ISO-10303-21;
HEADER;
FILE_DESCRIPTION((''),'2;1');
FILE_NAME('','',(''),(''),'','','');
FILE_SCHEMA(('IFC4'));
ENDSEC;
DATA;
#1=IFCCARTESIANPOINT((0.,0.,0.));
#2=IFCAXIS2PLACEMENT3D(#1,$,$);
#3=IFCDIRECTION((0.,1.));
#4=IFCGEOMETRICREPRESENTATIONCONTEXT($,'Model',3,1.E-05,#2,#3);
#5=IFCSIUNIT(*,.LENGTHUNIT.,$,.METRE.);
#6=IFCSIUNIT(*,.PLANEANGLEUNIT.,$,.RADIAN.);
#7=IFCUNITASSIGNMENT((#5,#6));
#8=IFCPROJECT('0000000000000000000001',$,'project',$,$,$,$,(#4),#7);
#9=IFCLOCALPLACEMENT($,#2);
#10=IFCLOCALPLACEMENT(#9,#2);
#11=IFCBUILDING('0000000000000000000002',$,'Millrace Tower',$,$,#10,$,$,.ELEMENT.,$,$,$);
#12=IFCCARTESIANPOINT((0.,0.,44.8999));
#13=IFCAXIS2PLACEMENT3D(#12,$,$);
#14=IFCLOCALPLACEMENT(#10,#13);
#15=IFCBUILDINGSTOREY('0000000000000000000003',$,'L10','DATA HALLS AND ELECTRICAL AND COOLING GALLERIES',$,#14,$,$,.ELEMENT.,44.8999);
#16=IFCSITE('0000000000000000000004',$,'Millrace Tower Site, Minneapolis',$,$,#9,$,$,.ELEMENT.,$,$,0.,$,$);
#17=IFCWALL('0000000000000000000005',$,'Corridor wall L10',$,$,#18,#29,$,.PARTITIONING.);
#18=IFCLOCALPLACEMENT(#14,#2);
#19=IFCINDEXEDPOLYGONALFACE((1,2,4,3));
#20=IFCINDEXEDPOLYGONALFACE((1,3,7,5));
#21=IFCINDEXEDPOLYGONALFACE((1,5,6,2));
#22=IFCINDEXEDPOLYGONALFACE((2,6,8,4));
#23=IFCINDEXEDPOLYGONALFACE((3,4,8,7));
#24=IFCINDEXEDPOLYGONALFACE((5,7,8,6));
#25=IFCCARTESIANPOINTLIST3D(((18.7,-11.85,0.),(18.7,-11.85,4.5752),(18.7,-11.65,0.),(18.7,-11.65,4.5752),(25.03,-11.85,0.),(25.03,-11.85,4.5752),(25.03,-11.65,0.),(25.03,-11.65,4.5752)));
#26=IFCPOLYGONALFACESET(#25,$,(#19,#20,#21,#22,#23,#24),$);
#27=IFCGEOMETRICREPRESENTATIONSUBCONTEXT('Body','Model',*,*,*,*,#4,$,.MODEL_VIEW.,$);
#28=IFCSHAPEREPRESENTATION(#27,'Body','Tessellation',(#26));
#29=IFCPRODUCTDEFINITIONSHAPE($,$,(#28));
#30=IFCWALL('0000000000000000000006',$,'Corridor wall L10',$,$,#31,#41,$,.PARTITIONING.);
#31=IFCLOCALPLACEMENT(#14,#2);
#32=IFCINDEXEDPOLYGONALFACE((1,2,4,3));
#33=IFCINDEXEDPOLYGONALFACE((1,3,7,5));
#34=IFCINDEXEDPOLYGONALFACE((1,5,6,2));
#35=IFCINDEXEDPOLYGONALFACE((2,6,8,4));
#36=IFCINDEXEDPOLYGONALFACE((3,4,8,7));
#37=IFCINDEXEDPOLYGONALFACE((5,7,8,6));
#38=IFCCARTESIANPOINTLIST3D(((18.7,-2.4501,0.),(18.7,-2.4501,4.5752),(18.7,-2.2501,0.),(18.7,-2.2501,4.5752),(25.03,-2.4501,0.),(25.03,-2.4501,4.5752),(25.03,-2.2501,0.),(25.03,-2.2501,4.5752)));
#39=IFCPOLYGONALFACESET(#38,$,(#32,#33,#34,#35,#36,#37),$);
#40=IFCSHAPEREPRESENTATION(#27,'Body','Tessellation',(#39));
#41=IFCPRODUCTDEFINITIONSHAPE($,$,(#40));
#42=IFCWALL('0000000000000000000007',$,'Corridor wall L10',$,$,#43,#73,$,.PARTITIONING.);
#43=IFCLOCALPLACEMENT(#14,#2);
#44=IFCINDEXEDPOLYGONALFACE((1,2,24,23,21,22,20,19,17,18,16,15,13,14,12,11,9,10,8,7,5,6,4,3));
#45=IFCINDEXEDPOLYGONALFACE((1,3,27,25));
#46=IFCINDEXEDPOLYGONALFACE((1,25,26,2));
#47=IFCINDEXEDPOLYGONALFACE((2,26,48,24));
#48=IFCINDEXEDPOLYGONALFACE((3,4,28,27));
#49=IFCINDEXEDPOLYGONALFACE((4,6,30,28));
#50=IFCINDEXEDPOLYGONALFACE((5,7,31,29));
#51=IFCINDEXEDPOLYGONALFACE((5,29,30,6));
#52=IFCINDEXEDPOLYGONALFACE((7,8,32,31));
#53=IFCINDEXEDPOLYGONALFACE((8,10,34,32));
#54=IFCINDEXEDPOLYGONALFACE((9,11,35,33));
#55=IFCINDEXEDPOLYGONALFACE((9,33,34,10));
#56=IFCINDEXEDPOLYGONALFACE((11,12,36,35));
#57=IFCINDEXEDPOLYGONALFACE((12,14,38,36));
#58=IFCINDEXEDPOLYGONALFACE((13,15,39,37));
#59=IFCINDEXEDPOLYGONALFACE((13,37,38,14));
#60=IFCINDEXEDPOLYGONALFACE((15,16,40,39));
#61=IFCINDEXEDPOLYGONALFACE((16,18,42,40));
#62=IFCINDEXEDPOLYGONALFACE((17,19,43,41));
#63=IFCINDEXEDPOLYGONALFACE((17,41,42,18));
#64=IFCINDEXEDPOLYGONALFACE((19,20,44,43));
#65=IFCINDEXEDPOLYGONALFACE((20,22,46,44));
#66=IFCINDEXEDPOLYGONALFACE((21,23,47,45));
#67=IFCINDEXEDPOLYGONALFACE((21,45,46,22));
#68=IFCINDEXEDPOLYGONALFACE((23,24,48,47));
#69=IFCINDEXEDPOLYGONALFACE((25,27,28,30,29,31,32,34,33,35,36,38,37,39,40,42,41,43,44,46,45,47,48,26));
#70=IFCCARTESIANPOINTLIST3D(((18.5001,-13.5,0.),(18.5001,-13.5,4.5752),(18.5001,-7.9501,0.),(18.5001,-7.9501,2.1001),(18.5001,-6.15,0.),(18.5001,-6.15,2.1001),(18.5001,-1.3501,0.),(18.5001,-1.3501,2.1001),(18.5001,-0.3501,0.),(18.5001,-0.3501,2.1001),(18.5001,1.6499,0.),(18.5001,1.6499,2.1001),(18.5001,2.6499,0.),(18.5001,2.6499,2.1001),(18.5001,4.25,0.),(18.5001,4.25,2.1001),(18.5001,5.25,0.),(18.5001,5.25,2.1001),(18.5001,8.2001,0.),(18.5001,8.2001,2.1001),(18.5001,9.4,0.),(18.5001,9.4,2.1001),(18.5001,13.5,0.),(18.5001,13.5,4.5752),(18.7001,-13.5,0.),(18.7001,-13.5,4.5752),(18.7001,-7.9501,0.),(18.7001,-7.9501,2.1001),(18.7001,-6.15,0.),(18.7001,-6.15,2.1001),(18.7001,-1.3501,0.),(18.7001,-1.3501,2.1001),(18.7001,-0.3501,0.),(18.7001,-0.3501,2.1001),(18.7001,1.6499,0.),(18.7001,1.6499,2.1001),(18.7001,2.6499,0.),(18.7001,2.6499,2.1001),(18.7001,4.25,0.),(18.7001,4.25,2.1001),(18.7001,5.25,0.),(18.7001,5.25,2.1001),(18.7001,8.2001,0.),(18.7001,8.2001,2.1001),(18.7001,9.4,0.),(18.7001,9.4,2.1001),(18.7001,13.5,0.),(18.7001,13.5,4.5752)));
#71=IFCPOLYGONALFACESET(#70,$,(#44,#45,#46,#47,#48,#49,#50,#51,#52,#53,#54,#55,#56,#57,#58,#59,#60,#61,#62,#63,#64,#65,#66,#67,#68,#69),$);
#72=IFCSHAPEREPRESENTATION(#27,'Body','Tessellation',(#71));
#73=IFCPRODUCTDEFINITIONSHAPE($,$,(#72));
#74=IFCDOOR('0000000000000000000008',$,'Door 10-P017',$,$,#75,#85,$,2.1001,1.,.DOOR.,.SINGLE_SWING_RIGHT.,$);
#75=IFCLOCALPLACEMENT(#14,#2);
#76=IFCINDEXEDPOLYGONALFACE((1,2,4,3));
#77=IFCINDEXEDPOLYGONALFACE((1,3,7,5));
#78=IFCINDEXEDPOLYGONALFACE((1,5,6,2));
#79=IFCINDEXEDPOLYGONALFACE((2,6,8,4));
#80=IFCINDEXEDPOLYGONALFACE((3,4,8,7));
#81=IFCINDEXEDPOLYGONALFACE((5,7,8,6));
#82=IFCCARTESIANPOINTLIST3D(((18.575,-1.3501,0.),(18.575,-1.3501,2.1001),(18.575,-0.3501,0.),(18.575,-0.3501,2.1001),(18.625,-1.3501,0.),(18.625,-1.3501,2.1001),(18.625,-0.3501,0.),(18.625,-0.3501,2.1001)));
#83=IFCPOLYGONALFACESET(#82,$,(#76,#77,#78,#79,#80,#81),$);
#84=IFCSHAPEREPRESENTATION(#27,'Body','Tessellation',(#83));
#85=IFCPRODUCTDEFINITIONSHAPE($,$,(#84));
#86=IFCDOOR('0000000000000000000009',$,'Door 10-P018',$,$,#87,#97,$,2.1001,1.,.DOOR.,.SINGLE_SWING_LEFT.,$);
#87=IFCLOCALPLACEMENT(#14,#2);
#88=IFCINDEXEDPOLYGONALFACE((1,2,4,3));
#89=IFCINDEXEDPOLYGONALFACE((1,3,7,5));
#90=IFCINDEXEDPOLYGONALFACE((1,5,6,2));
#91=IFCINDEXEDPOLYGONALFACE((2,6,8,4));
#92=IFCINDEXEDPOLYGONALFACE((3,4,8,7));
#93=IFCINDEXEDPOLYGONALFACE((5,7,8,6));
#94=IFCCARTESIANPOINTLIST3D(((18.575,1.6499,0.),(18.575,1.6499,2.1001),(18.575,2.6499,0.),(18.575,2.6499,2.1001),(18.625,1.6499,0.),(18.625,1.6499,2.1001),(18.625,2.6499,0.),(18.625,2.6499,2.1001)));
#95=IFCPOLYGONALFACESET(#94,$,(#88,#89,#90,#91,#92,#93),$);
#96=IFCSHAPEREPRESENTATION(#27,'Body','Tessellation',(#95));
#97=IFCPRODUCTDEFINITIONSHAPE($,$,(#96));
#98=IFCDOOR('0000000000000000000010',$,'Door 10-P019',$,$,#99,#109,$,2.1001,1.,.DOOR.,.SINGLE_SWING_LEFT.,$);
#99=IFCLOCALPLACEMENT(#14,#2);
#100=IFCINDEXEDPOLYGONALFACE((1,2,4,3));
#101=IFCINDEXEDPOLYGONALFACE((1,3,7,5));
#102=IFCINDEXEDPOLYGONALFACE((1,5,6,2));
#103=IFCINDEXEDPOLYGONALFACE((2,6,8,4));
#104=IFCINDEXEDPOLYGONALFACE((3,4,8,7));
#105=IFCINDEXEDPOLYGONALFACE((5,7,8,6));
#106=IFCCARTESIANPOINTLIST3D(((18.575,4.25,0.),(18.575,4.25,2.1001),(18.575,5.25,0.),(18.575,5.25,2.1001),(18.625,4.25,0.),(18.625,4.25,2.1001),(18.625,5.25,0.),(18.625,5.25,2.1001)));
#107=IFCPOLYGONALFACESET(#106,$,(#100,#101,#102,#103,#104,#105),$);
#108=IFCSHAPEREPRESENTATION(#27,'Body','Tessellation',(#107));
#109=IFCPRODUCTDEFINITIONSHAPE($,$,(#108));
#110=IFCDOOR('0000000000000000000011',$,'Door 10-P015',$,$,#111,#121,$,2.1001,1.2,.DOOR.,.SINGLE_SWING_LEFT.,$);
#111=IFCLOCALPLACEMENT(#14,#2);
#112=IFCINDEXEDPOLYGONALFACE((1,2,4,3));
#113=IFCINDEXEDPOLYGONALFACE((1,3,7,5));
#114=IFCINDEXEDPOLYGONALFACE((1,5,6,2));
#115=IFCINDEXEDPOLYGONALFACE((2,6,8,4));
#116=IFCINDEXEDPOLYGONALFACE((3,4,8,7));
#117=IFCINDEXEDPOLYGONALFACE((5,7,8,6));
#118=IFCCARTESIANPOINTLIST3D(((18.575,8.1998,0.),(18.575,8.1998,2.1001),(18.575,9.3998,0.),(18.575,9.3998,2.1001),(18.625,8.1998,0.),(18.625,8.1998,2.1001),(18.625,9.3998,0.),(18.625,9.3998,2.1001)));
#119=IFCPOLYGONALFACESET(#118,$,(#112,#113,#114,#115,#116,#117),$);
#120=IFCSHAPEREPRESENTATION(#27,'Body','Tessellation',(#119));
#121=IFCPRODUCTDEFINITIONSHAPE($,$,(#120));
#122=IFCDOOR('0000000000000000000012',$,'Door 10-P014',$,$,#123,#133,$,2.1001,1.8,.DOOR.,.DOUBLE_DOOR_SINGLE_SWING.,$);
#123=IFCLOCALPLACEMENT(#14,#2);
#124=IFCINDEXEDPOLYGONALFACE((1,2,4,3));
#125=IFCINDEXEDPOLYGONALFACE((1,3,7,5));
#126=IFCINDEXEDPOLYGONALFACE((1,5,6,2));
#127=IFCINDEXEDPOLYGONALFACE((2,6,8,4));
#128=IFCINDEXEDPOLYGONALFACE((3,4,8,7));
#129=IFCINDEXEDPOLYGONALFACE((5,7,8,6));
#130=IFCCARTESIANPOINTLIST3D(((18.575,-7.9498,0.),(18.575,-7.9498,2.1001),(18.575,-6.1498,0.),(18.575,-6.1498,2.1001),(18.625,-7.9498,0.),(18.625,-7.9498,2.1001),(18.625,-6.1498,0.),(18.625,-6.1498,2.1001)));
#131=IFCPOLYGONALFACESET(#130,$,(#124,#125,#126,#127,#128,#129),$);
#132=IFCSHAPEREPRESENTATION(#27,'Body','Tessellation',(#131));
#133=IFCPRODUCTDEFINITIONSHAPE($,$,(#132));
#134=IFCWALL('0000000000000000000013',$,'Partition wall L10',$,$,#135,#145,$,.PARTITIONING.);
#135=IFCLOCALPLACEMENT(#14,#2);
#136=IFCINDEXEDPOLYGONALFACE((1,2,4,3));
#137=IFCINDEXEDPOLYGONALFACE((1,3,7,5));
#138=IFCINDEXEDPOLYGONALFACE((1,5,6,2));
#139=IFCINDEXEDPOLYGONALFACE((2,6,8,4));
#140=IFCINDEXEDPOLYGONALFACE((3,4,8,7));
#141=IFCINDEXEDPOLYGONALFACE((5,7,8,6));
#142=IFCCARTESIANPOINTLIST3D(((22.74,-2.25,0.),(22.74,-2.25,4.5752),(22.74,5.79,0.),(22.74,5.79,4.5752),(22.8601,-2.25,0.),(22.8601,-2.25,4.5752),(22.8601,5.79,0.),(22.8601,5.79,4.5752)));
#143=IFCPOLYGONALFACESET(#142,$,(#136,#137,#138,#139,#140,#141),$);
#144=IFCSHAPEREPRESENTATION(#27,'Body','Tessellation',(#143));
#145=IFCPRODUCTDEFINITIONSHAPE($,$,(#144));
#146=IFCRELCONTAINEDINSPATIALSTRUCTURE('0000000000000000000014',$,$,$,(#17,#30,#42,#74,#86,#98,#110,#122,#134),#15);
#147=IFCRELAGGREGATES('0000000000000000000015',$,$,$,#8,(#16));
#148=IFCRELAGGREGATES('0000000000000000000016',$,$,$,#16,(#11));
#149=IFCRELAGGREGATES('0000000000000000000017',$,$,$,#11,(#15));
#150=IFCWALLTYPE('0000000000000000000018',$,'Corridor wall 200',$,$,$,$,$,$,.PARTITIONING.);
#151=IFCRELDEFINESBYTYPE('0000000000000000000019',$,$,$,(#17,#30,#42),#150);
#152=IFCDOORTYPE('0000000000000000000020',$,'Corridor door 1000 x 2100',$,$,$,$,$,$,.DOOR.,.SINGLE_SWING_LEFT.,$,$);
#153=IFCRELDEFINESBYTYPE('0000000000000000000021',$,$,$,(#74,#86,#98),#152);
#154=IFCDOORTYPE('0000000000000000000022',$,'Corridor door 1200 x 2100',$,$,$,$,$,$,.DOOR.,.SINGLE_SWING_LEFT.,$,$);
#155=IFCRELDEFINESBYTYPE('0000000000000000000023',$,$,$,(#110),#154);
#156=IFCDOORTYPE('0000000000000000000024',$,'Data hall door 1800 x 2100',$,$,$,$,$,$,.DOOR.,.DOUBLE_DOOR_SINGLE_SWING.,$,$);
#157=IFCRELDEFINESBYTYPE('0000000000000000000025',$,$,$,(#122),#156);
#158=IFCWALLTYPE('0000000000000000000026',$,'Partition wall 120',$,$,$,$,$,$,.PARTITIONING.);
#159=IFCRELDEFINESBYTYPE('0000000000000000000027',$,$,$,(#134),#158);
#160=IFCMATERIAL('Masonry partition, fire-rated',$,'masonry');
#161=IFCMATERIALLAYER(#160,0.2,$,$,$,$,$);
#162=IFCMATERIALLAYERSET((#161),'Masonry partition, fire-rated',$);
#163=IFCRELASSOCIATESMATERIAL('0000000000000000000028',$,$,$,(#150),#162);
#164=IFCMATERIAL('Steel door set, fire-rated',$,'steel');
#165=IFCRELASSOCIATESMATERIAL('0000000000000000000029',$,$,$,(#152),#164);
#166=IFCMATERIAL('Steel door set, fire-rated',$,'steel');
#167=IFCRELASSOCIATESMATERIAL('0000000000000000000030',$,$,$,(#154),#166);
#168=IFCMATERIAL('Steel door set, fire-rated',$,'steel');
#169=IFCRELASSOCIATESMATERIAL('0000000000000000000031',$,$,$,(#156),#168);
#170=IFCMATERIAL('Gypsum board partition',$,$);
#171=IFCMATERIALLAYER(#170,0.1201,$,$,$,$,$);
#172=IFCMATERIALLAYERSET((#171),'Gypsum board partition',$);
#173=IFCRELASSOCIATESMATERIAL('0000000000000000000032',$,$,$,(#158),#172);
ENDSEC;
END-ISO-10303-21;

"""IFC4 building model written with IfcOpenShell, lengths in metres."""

from ifc_helpers import new_model, si_unit, direction, frame, frame_2d, origin, place, context, subcontext, project, spatial, rectangle, extrude, material, layer, layer_set, type_object, element, fill, save


model = new_model("IFC4")

# Units and contexts
model_context = context("Model", 3, precision=1e-05, world=origin(), true_north=direction((0.0, 1.0)))
body_context = subcontext(model_context, "Body", "Model", "MODEL_VIEW")
ifc_project = project(units=[si_unit("LENGTHUNIT", "METRE"), si_unit("PLANEANGLEUNIT", "RADIAN")], contexts=[model_context])

# Site, building, storey
site_placement = place(None, origin())
site = spatial("IfcSite", under=ifc_project, at=site_placement, Name="Millrace Tower Site, Minneapolis", CompositionType="ELEMENT", RefElevation=0.0)
building_placement = place(site_placement, origin())
building = spatial("IfcBuilding", under=site, at=building_placement, Name="Millrace Tower", CompositionType="ELEMENT")
storey_placement = place(building_placement, frame((0.0, 0.0, 44.8999)))
storey = spatial("IfcBuildingStorey", under=building, at=storey_placement, Name="L10", Description="DATA HALLS AND ELECTRICAL AND COOLING GALLERIES", CompositionType="ELEMENT", Elevation=44.8999)

# Walls
ifc_material_1 = material(Name="Masonry partition, fire-rated", Category="masonry")
ifc_layer_1 = layer(ifc_material_1, 0.2)
ifc_layer_set_1 = layer_set([ifc_layer_1], Name="Masonry partition, fire-rated")
wall_type_1 = type_object("IfcWallType", Name="Corridor wall 200", PredefinedType="PARTITIONING", material=ifc_layer_set_1)
for number, where, z_axis, x_axis, name in (
    (1, (18.7, -11.75, 0.0), (0.0, 0.0, 1.0), (1.0, 0.0, 0.0), "Corridor wall L10"),
    (2, (18.7, -2.3501, 0.0), (0.0, 0.0, 1.0), (1.0, 0.0, 0.0), "Corridor wall L10"),
):
    element("IfcWall", number, at=place(storey_placement, frame(where, z_axis=z_axis, x_axis=x_axis)), inside=storey, type_object=wall_type_1, Name=name, PredefinedType="PARTITIONING", context=body_context, shape_type="SweptSolid", body=[
        extrude(rectangle(XDim=6.3301, YDim=0.2, at=frame_2d((3.165, 0.0))), origin(), (0.0, 0.0, 1.0), 4.5752),
    ])

# Wall, openings, doors
wall_1_placement = place(storey_placement, frame((18.6001, -13.5, 0.0), z_axis=(0.0, 0.0, 1.0), x_axis=(0.0, 1.0, 0.0)))
wall_1 = element("IfcWall", 3, at=wall_1_placement, inside=storey, type_object=wall_type_1, Name="Corridor wall L10", PredefinedType="PARTITIONING", context=body_context, shape_type="SweptSolid", body=[
    extrude(rectangle(XDim=27.0, YDim=0.2, at=frame_2d((13.5, 0.0))), origin(), (0.0, 0.0, 1.0), 4.5752),
])
opening_1_placement = place(wall_1_placement, frame((5.55, 0.0, 0.0)))
opening_1 = element("IfcOpeningElement", 4, at=opening_1_placement, cuts=wall_1, PredefinedType="OPENING", context=body_context, shape_type="SweptSolid", body=[
    extrude(rectangle(XDim=1.8, YDim=2.1001, at=frame_2d((0.8999, 1.05))), frame((0.0, 0.1099, 0.0), z_axis=(0.0, -1.0, 0.0), x_axis=(1.0, 0.0, 0.0)), (0.0, 0.0, 1.0), 0.22),
])
opening_2_placement = place(wall_1_placement, frame((21.7, 0.0, 0.0)))
opening_2 = element("IfcOpeningElement", 5, at=opening_2_placement, cuts=wall_1, PredefinedType="OPENING", context=body_context, shape_type="SweptSolid", body=[
    extrude(rectangle(XDim=1.2, YDim=2.1001, at=frame_2d((0.6001, 1.05))), frame((0.0, 0.1099, 0.0), z_axis=(0.0, -1.0, 0.0), x_axis=(1.0, 0.0, 0.0)), (0.0, 0.0, 1.0), 0.22),
])
opening_3_placement = place(wall_1_placement, frame((12.1499, 0.0, 0.0)))
opening_3 = element("IfcOpeningElement", 6, at=opening_3_placement, cuts=wall_1, PredefinedType="OPENING", context=body_context, shape_type="SweptSolid", body=[
    extrude(rectangle(XDim=1.0, YDim=2.1001, at=frame_2d((0.5, 1.05))), frame((0.0, 0.1099, 0.0), z_axis=(0.0, -1.0, 0.0), x_axis=(1.0, 0.0, 0.0)), (0.0, 0.0, 1.0), 0.22),
])
opening_4_placement = place(wall_1_placement, frame((15.1499, 0.0, 0.0)))
opening_4 = element("IfcOpeningElement", 7, at=opening_4_placement, cuts=wall_1, PredefinedType="OPENING", context=body_context, shape_type="SweptSolid", body=[
    extrude(rectangle(XDim=1.0, YDim=2.1001, at=frame_2d((0.5, 1.05))), frame((0.0, 0.1099, 0.0), z_axis=(0.0, -1.0, 0.0), x_axis=(1.0, 0.0, 0.0)), (0.0, 0.0, 1.0), 0.22),
])
opening_5_placement = place(wall_1_placement, frame((17.75, 0.0, 0.0)))
opening_5 = element("IfcOpeningElement", 8, at=opening_5_placement, cuts=wall_1, PredefinedType="OPENING", context=body_context, shape_type="SweptSolid", body=[
    extrude(rectangle(XDim=1.0, YDim=2.1001, at=frame_2d((0.5, 1.05))), frame((0.0, 0.1099, 0.0), z_axis=(0.0, -1.0, 0.0), x_axis=(1.0, 0.0, 0.0)), (0.0, 0.0, 1.0), 0.22),
])
ifc_material_2 = material(Name="Steel door set, fire-rated", Category="steel")
door_type_1 = type_object("IfcDoorType", Name="Corridor door 1000 x 2100", OperationType="SINGLE_SWING_LEFT", PredefinedType="DOOR", material=ifc_material_2)
door_1_placement = place(opening_3_placement, frame((1.0, 0.0, 0.0), z_axis=(0.0, 0.0, 1.0), x_axis=(-1.0, 0.0, 0.0)))
door_1 = element("IfcDoor", 9, at=door_1_placement, inside=storey, type_object=door_type_1, Name="Door 10-P017", OperationType="SINGLE_SWING_RIGHT", OverallHeight=2.1001, OverallWidth=1.0, PredefinedType="DOOR", context=body_context, shape_type="SweptSolid", body=[
    extrude(rectangle(XDim=1.0, YDim=2.1001, at=frame_2d((0.5, 1.05))), frame((0.0, 0.0249, 0.0), z_axis=(0.0, -1.0, 0.0), x_axis=(1.0, 0.0, 0.0)), (0.0, 0.0, 1.0), 0.05),
])
fill(opening_3, door_1)
door_2_placement = place(opening_4_placement, frame((1.0, 0.0, 0.0), z_axis=(0.0, 0.0, 1.0), x_axis=(-1.0, 0.0, 0.0)))
door_2 = element("IfcDoor", 10, at=door_2_placement, inside=storey, type_object=door_type_1, Name="Door 10-P018", OperationType="SINGLE_SWING_LEFT", OverallHeight=2.1001, OverallWidth=1.0, PredefinedType="DOOR", context=body_context, shape_type="SweptSolid", body=[
    extrude(rectangle(XDim=1.0, YDim=2.1001, at=frame_2d((0.5, 1.05))), frame((0.0, 0.0249, 0.0), z_axis=(0.0, -1.0, 0.0), x_axis=(1.0, 0.0, 0.0)), (0.0, 0.0, 1.0), 0.05),
])
fill(opening_4, door_2)
door_3_placement = place(opening_5_placement, frame((1.0, 0.0, 0.0), z_axis=(0.0, 0.0, 1.0), x_axis=(-1.0, 0.0, 0.0)))
door_3 = element("IfcDoor", 11, at=door_3_placement, inside=storey, type_object=door_type_1, Name="Door 10-P019", OperationType="SINGLE_SWING_LEFT", OverallHeight=2.1001, OverallWidth=1.0, PredefinedType="DOOR", context=body_context, shape_type="SweptSolid", body=[
    extrude(rectangle(XDim=1.0, YDim=2.1001, at=frame_2d((0.5, 1.05))), frame((0.0, 0.0249, 0.0), z_axis=(0.0, -1.0, 0.0), x_axis=(1.0, 0.0, 0.0)), (0.0, 0.0, 1.0), 0.05),
])
fill(opening_5, door_3)
ifc_material_3 = material(Name="Steel door set, fire-rated", Category="steel")
door_type_2 = type_object("IfcDoorType", Name="Corridor door 1200 x 2100", OperationType="SINGLE_SWING_LEFT", PredefinedType="DOOR", material=ifc_material_3)
door_4_placement = place(opening_2_placement, frame((1.2, 0.0, 0.0), z_axis=(0.0, 0.0, 1.0), x_axis=(-1.0, 0.0, 0.0)))
door_4 = element("IfcDoor", 12, at=door_4_placement, inside=storey, type_object=door_type_2, Name="Door 10-P015", OperationType="SINGLE_SWING_LEFT", OverallHeight=2.1001, OverallWidth=1.2, PredefinedType="DOOR", context=body_context, shape_type="SweptSolid", body=[
    extrude(rectangle(XDim=1.2, YDim=2.1001, at=frame_2d((0.6001, 1.05))), frame((0.0, 0.0249, 0.0), z_axis=(0.0, -1.0, 0.0), x_axis=(1.0, 0.0, 0.0)), (0.0, 0.0, 1.0), 0.05),
])
fill(opening_2, door_4)
ifc_material_4 = material(Name="Steel door set, fire-rated", Category="steel")
door_type_3 = type_object("IfcDoorType", Name="Data hall door 1800 x 2100", OperationType="DOUBLE_DOOR_SINGLE_SWING", PredefinedType="DOOR", material=ifc_material_4)
door_5_placement = place(opening_1_placement, frame((1.8, 0.0, 0.0), z_axis=(0.0, 0.0, 1.0), x_axis=(-1.0, 0.0, 0.0)))
door_5 = element("IfcDoor", 13, at=door_5_placement, inside=storey, type_object=door_type_3, Name="Door 10-P014", OperationType="DOUBLE_DOOR_SINGLE_SWING", OverallHeight=2.1001, OverallWidth=1.8, PredefinedType="DOOR", context=body_context, shape_type="SweptSolid", body=[
    extrude(rectangle(XDim=1.8, YDim=2.1001, at=frame_2d((0.8999, 1.05))), frame((0.0, 0.0249, 0.0), z_axis=(0.0, -1.0, 0.0), x_axis=(1.0, 0.0, 0.0)), (0.0, 0.0, 1.0), 0.05),
])
fill(opening_1, door_5)

# Wall
ifc_material_5 = material(Name="Gypsum board partition")
ifc_layer_2 = layer(ifc_material_5, 0.1201)
ifc_layer_set_2 = layer_set([ifc_layer_2], Name="Gypsum board partition")
wall_type_2 = type_object("IfcWallType", Name="Partition wall 120", PredefinedType="PARTITIONING", material=ifc_layer_set_2)
wall_2_placement = place(storey_placement, frame((22.8, -2.25, 0.0), z_axis=(0.0, 0.0, 1.0), x_axis=(0.0, 1.0, 0.0)))
element("IfcWall", 14, at=wall_2_placement, inside=storey, type_object=wall_type_2, Name="Partition wall L10", PredefinedType="PARTITIONING", context=body_context, shape_type="SweptSolid", body=[
    extrude(rectangle(XDim=8.04, YDim=0.1201, at=frame_2d((4.02, 0.0))), origin(), (0.0, 0.0, 1.0), 4.5752),
])

save(model, "model.ifc")
